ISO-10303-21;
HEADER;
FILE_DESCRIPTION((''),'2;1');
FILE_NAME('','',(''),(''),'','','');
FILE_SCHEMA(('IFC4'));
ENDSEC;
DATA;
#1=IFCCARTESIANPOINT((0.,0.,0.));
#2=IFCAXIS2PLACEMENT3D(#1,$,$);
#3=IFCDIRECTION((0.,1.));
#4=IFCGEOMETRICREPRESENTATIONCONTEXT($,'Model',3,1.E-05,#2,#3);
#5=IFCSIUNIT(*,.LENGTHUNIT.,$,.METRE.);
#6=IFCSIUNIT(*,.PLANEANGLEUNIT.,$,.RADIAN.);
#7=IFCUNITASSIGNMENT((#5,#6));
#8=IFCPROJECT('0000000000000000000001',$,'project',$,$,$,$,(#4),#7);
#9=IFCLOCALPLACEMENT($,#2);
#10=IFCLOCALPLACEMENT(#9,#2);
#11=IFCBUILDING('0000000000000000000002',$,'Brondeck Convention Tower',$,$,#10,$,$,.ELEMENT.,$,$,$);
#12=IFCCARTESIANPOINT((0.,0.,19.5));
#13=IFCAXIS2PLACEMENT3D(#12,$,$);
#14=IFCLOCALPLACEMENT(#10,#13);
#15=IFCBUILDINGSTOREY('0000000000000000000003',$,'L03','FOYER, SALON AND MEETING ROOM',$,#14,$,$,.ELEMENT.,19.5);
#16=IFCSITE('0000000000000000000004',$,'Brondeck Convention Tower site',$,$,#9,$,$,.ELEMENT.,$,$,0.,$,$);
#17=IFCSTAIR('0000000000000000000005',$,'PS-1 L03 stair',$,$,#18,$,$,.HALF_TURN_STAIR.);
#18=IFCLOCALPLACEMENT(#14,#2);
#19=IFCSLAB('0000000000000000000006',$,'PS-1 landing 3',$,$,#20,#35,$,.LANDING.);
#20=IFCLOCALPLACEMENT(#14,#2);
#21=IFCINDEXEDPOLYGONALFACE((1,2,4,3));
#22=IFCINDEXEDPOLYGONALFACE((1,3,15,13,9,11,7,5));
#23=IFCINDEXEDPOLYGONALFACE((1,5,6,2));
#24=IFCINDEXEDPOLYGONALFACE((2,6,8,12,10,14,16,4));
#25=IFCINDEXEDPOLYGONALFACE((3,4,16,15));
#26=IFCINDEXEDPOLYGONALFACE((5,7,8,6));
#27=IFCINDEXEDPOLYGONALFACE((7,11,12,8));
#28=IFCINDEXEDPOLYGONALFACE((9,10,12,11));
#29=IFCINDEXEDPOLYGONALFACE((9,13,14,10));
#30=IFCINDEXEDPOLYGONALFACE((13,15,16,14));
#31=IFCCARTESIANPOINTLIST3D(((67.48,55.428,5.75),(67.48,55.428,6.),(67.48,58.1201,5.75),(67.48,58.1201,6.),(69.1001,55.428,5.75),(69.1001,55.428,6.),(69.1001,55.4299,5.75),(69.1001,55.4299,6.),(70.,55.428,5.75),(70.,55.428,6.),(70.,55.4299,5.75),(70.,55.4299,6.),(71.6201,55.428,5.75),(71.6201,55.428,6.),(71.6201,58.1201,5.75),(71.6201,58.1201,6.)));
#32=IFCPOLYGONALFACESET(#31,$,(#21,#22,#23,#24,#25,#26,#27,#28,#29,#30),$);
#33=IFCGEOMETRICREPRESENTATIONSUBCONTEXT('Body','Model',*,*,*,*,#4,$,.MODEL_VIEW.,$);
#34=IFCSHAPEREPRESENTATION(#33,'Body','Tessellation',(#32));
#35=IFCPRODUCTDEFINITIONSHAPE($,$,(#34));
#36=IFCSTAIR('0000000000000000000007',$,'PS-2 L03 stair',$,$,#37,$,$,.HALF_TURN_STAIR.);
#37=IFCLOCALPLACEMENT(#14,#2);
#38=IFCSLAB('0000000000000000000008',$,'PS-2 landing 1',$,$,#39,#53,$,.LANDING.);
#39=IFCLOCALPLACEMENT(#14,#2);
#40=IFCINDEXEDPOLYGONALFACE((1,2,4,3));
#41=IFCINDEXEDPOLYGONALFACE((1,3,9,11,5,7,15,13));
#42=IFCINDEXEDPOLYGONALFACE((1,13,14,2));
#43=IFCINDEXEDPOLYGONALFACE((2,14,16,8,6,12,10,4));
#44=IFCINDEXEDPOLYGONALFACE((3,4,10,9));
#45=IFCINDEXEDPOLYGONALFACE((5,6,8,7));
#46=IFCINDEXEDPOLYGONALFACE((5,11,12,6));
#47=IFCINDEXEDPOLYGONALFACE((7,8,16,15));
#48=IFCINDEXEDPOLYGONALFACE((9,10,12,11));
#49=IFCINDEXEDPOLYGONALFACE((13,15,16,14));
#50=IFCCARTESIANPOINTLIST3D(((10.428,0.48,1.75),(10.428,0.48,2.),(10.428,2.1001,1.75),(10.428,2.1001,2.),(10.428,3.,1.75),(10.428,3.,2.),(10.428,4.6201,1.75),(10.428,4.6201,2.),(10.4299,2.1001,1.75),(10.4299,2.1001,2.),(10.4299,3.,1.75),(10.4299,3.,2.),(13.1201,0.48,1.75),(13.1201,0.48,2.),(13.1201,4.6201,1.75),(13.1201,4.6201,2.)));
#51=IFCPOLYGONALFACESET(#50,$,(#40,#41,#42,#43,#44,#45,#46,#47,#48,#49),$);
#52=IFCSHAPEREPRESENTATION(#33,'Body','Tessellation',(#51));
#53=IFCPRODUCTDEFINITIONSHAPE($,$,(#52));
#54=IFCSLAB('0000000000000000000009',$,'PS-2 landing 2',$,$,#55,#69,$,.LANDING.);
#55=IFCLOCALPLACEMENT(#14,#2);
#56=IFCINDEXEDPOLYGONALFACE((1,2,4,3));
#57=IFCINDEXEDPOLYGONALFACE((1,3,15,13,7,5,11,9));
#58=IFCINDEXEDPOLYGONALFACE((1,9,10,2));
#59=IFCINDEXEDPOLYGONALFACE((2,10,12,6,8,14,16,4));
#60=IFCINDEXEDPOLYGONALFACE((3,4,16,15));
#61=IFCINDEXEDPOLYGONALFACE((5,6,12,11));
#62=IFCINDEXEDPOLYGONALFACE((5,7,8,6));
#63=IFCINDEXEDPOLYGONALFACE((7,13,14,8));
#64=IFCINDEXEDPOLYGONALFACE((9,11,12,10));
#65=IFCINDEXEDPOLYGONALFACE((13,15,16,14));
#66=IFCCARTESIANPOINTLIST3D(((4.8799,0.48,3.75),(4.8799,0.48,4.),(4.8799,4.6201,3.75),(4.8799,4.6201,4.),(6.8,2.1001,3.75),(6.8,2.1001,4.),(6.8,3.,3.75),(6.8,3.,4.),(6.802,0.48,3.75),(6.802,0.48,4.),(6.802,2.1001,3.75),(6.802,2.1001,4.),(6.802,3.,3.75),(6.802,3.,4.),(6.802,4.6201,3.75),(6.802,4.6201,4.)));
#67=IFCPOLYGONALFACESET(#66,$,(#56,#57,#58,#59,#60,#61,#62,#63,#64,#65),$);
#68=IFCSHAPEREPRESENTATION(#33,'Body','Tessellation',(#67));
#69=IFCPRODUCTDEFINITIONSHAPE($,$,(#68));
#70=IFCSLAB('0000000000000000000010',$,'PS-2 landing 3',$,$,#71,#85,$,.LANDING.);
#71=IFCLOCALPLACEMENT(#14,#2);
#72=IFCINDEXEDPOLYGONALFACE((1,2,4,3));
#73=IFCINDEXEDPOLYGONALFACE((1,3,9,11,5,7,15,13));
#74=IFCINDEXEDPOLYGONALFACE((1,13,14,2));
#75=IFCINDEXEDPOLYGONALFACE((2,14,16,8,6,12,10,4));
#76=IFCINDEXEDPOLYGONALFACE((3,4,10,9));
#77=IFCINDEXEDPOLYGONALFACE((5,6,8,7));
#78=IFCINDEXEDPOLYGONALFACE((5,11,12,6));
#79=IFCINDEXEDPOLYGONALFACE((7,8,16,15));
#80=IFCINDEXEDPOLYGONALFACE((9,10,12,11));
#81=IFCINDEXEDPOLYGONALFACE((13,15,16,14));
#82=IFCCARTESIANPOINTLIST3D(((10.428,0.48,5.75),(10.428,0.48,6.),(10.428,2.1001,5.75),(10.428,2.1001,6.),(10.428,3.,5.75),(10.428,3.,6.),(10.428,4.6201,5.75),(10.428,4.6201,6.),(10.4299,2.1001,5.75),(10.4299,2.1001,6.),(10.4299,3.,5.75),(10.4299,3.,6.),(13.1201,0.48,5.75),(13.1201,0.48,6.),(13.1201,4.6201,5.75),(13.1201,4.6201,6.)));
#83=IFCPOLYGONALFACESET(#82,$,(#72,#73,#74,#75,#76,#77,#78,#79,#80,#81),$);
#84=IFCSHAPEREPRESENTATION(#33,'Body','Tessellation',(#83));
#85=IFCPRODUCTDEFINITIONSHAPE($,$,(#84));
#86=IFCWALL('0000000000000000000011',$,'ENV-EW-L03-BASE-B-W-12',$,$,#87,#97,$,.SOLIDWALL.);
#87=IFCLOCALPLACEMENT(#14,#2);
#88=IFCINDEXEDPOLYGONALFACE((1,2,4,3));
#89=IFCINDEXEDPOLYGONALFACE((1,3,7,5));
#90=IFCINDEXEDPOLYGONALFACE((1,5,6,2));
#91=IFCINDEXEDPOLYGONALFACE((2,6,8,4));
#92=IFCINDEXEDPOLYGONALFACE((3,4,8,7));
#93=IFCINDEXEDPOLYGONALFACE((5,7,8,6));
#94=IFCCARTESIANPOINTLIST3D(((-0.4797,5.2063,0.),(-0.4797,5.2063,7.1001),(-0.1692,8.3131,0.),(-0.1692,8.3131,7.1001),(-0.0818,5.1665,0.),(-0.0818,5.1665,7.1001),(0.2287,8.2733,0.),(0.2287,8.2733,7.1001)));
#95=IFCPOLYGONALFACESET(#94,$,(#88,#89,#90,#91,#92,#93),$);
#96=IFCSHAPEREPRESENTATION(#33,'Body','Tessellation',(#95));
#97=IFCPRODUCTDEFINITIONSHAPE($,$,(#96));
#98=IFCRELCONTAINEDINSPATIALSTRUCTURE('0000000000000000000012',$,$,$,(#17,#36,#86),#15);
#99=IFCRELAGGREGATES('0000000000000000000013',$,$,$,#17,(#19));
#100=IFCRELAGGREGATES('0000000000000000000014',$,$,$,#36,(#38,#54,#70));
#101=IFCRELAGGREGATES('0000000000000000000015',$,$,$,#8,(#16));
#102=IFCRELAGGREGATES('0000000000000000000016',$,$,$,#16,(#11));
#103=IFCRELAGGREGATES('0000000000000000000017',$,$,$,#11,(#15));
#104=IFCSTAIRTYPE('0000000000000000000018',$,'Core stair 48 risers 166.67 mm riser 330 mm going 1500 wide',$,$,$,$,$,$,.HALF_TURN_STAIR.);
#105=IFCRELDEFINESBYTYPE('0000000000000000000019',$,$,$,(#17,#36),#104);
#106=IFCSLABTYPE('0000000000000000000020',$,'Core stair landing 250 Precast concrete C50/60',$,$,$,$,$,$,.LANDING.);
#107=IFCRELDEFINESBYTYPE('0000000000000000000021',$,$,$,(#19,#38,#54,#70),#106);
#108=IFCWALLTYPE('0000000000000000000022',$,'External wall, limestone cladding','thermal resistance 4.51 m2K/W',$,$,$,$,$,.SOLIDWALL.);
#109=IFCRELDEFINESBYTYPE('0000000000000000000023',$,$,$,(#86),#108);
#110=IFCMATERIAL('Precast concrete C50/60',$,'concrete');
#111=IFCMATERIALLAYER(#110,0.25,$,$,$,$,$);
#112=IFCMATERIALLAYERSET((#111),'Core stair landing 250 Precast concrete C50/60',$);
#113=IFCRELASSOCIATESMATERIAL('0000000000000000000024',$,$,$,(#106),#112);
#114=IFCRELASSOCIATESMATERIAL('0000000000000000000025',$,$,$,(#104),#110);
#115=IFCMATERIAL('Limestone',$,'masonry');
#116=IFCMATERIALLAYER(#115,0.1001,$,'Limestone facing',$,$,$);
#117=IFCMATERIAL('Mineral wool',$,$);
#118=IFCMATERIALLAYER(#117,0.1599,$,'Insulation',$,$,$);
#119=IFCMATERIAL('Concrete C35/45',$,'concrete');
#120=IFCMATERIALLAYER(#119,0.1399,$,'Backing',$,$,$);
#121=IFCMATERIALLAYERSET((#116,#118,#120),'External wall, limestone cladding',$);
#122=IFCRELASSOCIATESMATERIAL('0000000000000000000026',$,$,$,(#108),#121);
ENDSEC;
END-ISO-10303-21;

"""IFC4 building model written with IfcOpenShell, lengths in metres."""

from ifc_helpers import new_model, si_unit, direction, frame, frame_2d, origin, place, context, subcontext, project, spatial, polyline, rectangle, outline, extrude, material, layer, layer_set, type_object, element, aggregate, save


model = new_model("IFC4")

# Units and contexts
model_context = context("Model", 3, precision=1e-05, world=origin(), true_north=direction((0.0, 1.0)))
body_context = subcontext(model_context, "Body", "Model", "MODEL_VIEW")
ifc_project = project(units=[si_unit("LENGTHUNIT", "METRE"), si_unit("PLANEANGLEUNIT", "RADIAN")], contexts=[model_context])

# Site, building, storey
site_placement = place(None, origin())
site = spatial("IfcSite", under=ifc_project, at=site_placement, Name="Brondeck Convention Tower site", CompositionType="ELEMENT", RefElevation=0.0)
building_placement = place(site_placement, origin())
building = spatial("IfcBuilding", under=site, at=building_placement, Name="Brondeck Convention Tower", CompositionType="ELEMENT")
storey_placement = place(building_placement, frame((0.0, 0.0, 19.5)))
storey = spatial("IfcBuildingStorey", under=building, at=storey_placement, Name="L03", Description="FOYER, SALON AND MEETING ROOM", CompositionType="ELEMENT", Elevation=19.5)

# Shared definitions
ifc_material_1 = material(Name="Concrete C35/45", Category="concrete")

# Stairs, slabs
ifc_material_2 = material(Name="Precast concrete C50/60", Category="concrete")
ifc_layer_1 = layer(ifc_material_2, 0.25)
ifc_layer_set_1 = layer_set([ifc_layer_1], Name="Core stair landing 250 Precast concrete C50/60")
slab_type_1 = type_object("IfcSlabType", Name="Core stair landing 250 Precast concrete C50/60", PredefinedType="LANDING", material=ifc_layer_set_1)
stair_type_1 = type_object("IfcStairType", Name="Core stair 48 risers 166.67 mm riser 330 mm going 1500 wide", PredefinedType="HALF_TURN_STAIR", material=ifc_material_2)
stair_1_placement = place(storey_placement, origin())
stair_1 = element("IfcStair", 1, at=stair_1_placement, inside=storey, type_object=stair_type_1, Name="PS-1 L03 stair", PredefinedType="HALF_TURN_STAIR")
slab_1_placement = place(storey_placement, frame((0.0, 0.0, 5.75)))
slab_1 = element("IfcSlab", 2, at=slab_1_placement, type_object=slab_type_1, Name="PS-1 landing 3", PredefinedType="LANDING", context=body_context, shape_type="SweptSolid", body=[
    extrude(outline(polyline([(69.1001, 55.428), (67.48, 55.428), (67.48, 58.1201), (71.6201, 58.1201), (71.6201, 55.428), (70.0, 55.428), (70.0, 55.4299), (69.1001, 55.4299), (69.1001, 55.428)])), origin(), (0.0, 0.0, 1.0), 0.25),
])
aggregate(stair_1, [slab_1])
stair_2_placement = place(storey_placement, origin())
stair_2 = element("IfcStair", 3, at=stair_2_placement, inside=storey, type_object=stair_type_1, Name="PS-2 L03 stair", PredefinedType="HALF_TURN_STAIR")
slab_2_placement = place(storey_placement, frame((0.0, 0.0, 1.75)))
slab_2 = element("IfcSlab", 4, at=slab_2_placement, type_object=slab_type_1, Name="PS-2 landing 1", PredefinedType="LANDING", context=body_context, shape_type="SweptSolid", body=[
    extrude(outline(polyline([(10.428, 0.48), (10.428, 2.1001), (10.4299, 2.1001), (10.4299, 3.0), (10.428, 3.0), (10.428, 4.6201), (13.1201, 4.6201), (13.1201, 0.48), (10.428, 0.48)])), origin(), (0.0, 0.0, 1.0), 0.25),
])
slab_3_placement = place(storey_placement, frame((0.0, 0.0, 3.75)))
slab_3 = element("IfcSlab", 5, at=slab_3_placement, type_object=slab_type_1, Name="PS-2 landing 2", PredefinedType="LANDING", context=body_context, shape_type="SweptSolid", body=[
    extrude(outline(polyline([(4.8799, 0.48), (4.8799, 4.6201), (6.802, 4.6201), (6.802, 3.0), (6.8, 3.0), (6.8, 2.1001), (6.802, 2.1001), (6.802, 0.48), (4.8799, 0.48)])), origin(), (0.0, 0.0, 1.0), 0.25),
])
slab_4_placement = place(storey_placement, frame((0.0, 0.0, 5.75)))
slab_4 = element("IfcSlab", 6, at=slab_4_placement, type_object=slab_type_1, Name="PS-2 landing 3", PredefinedType="LANDING", context=body_context, shape_type="SweptSolid", body=[
    extrude(outline(polyline([(10.428, 0.48), (10.428, 2.1001), (10.4299, 2.1001), (10.4299, 3.0), (10.428, 3.0), (10.428, 4.6201), (13.1201, 4.6201), (13.1201, 0.48), (10.428, 0.48)])), origin(), (0.0, 0.0, 1.0), 0.25),
])
aggregate(stair_2, [slab_2, slab_3, slab_4])

# Wall
ifc_material_3 = material(Name="Limestone", Category="masonry")
ifc_layer_2 = layer(ifc_material_3, 0.1001, Name="Limestone facing")
ifc_material_4 = material(Name="Mineral wool")
ifc_layer_3 = layer(ifc_material_4, 0.1599, Name="Insulation")
ifc_layer_4 = layer(ifc_material_1, 0.1399, Name="Backing")
ifc_layer_set_2 = layer_set([ifc_layer_2, ifc_layer_3, ifc_layer_4], Name="External wall, limestone cladding")
wall_type = type_object("IfcWallType", Name="External wall, limestone cladding", Description="thermal resistance 4.51 m2K/W", PredefinedType="SOLIDWALL", material=ifc_layer_set_2)
wall_placement = place(storey_placement, frame((-0.2808, 5.1865, 0.0), z_axis=(0.0, 0.0, 1.0), x_axis=(0.099457, 0.995042, 0.0)))
element("IfcWall", 7, at=wall_placement, inside=storey, type_object=wall_type, Name="ENV-EW-L03-BASE-B-W-12", PredefinedType="SOLIDWALL", context=body_context, shape_type="SweptSolid", body=[
    extrude(rectangle(XDim=3.1223, YDim=0.3999, at=frame_2d((1.561, 0.0))), origin(), (0.0, 0.0, 1.0), 7.1001),
])

save(model, "model.ifc")
